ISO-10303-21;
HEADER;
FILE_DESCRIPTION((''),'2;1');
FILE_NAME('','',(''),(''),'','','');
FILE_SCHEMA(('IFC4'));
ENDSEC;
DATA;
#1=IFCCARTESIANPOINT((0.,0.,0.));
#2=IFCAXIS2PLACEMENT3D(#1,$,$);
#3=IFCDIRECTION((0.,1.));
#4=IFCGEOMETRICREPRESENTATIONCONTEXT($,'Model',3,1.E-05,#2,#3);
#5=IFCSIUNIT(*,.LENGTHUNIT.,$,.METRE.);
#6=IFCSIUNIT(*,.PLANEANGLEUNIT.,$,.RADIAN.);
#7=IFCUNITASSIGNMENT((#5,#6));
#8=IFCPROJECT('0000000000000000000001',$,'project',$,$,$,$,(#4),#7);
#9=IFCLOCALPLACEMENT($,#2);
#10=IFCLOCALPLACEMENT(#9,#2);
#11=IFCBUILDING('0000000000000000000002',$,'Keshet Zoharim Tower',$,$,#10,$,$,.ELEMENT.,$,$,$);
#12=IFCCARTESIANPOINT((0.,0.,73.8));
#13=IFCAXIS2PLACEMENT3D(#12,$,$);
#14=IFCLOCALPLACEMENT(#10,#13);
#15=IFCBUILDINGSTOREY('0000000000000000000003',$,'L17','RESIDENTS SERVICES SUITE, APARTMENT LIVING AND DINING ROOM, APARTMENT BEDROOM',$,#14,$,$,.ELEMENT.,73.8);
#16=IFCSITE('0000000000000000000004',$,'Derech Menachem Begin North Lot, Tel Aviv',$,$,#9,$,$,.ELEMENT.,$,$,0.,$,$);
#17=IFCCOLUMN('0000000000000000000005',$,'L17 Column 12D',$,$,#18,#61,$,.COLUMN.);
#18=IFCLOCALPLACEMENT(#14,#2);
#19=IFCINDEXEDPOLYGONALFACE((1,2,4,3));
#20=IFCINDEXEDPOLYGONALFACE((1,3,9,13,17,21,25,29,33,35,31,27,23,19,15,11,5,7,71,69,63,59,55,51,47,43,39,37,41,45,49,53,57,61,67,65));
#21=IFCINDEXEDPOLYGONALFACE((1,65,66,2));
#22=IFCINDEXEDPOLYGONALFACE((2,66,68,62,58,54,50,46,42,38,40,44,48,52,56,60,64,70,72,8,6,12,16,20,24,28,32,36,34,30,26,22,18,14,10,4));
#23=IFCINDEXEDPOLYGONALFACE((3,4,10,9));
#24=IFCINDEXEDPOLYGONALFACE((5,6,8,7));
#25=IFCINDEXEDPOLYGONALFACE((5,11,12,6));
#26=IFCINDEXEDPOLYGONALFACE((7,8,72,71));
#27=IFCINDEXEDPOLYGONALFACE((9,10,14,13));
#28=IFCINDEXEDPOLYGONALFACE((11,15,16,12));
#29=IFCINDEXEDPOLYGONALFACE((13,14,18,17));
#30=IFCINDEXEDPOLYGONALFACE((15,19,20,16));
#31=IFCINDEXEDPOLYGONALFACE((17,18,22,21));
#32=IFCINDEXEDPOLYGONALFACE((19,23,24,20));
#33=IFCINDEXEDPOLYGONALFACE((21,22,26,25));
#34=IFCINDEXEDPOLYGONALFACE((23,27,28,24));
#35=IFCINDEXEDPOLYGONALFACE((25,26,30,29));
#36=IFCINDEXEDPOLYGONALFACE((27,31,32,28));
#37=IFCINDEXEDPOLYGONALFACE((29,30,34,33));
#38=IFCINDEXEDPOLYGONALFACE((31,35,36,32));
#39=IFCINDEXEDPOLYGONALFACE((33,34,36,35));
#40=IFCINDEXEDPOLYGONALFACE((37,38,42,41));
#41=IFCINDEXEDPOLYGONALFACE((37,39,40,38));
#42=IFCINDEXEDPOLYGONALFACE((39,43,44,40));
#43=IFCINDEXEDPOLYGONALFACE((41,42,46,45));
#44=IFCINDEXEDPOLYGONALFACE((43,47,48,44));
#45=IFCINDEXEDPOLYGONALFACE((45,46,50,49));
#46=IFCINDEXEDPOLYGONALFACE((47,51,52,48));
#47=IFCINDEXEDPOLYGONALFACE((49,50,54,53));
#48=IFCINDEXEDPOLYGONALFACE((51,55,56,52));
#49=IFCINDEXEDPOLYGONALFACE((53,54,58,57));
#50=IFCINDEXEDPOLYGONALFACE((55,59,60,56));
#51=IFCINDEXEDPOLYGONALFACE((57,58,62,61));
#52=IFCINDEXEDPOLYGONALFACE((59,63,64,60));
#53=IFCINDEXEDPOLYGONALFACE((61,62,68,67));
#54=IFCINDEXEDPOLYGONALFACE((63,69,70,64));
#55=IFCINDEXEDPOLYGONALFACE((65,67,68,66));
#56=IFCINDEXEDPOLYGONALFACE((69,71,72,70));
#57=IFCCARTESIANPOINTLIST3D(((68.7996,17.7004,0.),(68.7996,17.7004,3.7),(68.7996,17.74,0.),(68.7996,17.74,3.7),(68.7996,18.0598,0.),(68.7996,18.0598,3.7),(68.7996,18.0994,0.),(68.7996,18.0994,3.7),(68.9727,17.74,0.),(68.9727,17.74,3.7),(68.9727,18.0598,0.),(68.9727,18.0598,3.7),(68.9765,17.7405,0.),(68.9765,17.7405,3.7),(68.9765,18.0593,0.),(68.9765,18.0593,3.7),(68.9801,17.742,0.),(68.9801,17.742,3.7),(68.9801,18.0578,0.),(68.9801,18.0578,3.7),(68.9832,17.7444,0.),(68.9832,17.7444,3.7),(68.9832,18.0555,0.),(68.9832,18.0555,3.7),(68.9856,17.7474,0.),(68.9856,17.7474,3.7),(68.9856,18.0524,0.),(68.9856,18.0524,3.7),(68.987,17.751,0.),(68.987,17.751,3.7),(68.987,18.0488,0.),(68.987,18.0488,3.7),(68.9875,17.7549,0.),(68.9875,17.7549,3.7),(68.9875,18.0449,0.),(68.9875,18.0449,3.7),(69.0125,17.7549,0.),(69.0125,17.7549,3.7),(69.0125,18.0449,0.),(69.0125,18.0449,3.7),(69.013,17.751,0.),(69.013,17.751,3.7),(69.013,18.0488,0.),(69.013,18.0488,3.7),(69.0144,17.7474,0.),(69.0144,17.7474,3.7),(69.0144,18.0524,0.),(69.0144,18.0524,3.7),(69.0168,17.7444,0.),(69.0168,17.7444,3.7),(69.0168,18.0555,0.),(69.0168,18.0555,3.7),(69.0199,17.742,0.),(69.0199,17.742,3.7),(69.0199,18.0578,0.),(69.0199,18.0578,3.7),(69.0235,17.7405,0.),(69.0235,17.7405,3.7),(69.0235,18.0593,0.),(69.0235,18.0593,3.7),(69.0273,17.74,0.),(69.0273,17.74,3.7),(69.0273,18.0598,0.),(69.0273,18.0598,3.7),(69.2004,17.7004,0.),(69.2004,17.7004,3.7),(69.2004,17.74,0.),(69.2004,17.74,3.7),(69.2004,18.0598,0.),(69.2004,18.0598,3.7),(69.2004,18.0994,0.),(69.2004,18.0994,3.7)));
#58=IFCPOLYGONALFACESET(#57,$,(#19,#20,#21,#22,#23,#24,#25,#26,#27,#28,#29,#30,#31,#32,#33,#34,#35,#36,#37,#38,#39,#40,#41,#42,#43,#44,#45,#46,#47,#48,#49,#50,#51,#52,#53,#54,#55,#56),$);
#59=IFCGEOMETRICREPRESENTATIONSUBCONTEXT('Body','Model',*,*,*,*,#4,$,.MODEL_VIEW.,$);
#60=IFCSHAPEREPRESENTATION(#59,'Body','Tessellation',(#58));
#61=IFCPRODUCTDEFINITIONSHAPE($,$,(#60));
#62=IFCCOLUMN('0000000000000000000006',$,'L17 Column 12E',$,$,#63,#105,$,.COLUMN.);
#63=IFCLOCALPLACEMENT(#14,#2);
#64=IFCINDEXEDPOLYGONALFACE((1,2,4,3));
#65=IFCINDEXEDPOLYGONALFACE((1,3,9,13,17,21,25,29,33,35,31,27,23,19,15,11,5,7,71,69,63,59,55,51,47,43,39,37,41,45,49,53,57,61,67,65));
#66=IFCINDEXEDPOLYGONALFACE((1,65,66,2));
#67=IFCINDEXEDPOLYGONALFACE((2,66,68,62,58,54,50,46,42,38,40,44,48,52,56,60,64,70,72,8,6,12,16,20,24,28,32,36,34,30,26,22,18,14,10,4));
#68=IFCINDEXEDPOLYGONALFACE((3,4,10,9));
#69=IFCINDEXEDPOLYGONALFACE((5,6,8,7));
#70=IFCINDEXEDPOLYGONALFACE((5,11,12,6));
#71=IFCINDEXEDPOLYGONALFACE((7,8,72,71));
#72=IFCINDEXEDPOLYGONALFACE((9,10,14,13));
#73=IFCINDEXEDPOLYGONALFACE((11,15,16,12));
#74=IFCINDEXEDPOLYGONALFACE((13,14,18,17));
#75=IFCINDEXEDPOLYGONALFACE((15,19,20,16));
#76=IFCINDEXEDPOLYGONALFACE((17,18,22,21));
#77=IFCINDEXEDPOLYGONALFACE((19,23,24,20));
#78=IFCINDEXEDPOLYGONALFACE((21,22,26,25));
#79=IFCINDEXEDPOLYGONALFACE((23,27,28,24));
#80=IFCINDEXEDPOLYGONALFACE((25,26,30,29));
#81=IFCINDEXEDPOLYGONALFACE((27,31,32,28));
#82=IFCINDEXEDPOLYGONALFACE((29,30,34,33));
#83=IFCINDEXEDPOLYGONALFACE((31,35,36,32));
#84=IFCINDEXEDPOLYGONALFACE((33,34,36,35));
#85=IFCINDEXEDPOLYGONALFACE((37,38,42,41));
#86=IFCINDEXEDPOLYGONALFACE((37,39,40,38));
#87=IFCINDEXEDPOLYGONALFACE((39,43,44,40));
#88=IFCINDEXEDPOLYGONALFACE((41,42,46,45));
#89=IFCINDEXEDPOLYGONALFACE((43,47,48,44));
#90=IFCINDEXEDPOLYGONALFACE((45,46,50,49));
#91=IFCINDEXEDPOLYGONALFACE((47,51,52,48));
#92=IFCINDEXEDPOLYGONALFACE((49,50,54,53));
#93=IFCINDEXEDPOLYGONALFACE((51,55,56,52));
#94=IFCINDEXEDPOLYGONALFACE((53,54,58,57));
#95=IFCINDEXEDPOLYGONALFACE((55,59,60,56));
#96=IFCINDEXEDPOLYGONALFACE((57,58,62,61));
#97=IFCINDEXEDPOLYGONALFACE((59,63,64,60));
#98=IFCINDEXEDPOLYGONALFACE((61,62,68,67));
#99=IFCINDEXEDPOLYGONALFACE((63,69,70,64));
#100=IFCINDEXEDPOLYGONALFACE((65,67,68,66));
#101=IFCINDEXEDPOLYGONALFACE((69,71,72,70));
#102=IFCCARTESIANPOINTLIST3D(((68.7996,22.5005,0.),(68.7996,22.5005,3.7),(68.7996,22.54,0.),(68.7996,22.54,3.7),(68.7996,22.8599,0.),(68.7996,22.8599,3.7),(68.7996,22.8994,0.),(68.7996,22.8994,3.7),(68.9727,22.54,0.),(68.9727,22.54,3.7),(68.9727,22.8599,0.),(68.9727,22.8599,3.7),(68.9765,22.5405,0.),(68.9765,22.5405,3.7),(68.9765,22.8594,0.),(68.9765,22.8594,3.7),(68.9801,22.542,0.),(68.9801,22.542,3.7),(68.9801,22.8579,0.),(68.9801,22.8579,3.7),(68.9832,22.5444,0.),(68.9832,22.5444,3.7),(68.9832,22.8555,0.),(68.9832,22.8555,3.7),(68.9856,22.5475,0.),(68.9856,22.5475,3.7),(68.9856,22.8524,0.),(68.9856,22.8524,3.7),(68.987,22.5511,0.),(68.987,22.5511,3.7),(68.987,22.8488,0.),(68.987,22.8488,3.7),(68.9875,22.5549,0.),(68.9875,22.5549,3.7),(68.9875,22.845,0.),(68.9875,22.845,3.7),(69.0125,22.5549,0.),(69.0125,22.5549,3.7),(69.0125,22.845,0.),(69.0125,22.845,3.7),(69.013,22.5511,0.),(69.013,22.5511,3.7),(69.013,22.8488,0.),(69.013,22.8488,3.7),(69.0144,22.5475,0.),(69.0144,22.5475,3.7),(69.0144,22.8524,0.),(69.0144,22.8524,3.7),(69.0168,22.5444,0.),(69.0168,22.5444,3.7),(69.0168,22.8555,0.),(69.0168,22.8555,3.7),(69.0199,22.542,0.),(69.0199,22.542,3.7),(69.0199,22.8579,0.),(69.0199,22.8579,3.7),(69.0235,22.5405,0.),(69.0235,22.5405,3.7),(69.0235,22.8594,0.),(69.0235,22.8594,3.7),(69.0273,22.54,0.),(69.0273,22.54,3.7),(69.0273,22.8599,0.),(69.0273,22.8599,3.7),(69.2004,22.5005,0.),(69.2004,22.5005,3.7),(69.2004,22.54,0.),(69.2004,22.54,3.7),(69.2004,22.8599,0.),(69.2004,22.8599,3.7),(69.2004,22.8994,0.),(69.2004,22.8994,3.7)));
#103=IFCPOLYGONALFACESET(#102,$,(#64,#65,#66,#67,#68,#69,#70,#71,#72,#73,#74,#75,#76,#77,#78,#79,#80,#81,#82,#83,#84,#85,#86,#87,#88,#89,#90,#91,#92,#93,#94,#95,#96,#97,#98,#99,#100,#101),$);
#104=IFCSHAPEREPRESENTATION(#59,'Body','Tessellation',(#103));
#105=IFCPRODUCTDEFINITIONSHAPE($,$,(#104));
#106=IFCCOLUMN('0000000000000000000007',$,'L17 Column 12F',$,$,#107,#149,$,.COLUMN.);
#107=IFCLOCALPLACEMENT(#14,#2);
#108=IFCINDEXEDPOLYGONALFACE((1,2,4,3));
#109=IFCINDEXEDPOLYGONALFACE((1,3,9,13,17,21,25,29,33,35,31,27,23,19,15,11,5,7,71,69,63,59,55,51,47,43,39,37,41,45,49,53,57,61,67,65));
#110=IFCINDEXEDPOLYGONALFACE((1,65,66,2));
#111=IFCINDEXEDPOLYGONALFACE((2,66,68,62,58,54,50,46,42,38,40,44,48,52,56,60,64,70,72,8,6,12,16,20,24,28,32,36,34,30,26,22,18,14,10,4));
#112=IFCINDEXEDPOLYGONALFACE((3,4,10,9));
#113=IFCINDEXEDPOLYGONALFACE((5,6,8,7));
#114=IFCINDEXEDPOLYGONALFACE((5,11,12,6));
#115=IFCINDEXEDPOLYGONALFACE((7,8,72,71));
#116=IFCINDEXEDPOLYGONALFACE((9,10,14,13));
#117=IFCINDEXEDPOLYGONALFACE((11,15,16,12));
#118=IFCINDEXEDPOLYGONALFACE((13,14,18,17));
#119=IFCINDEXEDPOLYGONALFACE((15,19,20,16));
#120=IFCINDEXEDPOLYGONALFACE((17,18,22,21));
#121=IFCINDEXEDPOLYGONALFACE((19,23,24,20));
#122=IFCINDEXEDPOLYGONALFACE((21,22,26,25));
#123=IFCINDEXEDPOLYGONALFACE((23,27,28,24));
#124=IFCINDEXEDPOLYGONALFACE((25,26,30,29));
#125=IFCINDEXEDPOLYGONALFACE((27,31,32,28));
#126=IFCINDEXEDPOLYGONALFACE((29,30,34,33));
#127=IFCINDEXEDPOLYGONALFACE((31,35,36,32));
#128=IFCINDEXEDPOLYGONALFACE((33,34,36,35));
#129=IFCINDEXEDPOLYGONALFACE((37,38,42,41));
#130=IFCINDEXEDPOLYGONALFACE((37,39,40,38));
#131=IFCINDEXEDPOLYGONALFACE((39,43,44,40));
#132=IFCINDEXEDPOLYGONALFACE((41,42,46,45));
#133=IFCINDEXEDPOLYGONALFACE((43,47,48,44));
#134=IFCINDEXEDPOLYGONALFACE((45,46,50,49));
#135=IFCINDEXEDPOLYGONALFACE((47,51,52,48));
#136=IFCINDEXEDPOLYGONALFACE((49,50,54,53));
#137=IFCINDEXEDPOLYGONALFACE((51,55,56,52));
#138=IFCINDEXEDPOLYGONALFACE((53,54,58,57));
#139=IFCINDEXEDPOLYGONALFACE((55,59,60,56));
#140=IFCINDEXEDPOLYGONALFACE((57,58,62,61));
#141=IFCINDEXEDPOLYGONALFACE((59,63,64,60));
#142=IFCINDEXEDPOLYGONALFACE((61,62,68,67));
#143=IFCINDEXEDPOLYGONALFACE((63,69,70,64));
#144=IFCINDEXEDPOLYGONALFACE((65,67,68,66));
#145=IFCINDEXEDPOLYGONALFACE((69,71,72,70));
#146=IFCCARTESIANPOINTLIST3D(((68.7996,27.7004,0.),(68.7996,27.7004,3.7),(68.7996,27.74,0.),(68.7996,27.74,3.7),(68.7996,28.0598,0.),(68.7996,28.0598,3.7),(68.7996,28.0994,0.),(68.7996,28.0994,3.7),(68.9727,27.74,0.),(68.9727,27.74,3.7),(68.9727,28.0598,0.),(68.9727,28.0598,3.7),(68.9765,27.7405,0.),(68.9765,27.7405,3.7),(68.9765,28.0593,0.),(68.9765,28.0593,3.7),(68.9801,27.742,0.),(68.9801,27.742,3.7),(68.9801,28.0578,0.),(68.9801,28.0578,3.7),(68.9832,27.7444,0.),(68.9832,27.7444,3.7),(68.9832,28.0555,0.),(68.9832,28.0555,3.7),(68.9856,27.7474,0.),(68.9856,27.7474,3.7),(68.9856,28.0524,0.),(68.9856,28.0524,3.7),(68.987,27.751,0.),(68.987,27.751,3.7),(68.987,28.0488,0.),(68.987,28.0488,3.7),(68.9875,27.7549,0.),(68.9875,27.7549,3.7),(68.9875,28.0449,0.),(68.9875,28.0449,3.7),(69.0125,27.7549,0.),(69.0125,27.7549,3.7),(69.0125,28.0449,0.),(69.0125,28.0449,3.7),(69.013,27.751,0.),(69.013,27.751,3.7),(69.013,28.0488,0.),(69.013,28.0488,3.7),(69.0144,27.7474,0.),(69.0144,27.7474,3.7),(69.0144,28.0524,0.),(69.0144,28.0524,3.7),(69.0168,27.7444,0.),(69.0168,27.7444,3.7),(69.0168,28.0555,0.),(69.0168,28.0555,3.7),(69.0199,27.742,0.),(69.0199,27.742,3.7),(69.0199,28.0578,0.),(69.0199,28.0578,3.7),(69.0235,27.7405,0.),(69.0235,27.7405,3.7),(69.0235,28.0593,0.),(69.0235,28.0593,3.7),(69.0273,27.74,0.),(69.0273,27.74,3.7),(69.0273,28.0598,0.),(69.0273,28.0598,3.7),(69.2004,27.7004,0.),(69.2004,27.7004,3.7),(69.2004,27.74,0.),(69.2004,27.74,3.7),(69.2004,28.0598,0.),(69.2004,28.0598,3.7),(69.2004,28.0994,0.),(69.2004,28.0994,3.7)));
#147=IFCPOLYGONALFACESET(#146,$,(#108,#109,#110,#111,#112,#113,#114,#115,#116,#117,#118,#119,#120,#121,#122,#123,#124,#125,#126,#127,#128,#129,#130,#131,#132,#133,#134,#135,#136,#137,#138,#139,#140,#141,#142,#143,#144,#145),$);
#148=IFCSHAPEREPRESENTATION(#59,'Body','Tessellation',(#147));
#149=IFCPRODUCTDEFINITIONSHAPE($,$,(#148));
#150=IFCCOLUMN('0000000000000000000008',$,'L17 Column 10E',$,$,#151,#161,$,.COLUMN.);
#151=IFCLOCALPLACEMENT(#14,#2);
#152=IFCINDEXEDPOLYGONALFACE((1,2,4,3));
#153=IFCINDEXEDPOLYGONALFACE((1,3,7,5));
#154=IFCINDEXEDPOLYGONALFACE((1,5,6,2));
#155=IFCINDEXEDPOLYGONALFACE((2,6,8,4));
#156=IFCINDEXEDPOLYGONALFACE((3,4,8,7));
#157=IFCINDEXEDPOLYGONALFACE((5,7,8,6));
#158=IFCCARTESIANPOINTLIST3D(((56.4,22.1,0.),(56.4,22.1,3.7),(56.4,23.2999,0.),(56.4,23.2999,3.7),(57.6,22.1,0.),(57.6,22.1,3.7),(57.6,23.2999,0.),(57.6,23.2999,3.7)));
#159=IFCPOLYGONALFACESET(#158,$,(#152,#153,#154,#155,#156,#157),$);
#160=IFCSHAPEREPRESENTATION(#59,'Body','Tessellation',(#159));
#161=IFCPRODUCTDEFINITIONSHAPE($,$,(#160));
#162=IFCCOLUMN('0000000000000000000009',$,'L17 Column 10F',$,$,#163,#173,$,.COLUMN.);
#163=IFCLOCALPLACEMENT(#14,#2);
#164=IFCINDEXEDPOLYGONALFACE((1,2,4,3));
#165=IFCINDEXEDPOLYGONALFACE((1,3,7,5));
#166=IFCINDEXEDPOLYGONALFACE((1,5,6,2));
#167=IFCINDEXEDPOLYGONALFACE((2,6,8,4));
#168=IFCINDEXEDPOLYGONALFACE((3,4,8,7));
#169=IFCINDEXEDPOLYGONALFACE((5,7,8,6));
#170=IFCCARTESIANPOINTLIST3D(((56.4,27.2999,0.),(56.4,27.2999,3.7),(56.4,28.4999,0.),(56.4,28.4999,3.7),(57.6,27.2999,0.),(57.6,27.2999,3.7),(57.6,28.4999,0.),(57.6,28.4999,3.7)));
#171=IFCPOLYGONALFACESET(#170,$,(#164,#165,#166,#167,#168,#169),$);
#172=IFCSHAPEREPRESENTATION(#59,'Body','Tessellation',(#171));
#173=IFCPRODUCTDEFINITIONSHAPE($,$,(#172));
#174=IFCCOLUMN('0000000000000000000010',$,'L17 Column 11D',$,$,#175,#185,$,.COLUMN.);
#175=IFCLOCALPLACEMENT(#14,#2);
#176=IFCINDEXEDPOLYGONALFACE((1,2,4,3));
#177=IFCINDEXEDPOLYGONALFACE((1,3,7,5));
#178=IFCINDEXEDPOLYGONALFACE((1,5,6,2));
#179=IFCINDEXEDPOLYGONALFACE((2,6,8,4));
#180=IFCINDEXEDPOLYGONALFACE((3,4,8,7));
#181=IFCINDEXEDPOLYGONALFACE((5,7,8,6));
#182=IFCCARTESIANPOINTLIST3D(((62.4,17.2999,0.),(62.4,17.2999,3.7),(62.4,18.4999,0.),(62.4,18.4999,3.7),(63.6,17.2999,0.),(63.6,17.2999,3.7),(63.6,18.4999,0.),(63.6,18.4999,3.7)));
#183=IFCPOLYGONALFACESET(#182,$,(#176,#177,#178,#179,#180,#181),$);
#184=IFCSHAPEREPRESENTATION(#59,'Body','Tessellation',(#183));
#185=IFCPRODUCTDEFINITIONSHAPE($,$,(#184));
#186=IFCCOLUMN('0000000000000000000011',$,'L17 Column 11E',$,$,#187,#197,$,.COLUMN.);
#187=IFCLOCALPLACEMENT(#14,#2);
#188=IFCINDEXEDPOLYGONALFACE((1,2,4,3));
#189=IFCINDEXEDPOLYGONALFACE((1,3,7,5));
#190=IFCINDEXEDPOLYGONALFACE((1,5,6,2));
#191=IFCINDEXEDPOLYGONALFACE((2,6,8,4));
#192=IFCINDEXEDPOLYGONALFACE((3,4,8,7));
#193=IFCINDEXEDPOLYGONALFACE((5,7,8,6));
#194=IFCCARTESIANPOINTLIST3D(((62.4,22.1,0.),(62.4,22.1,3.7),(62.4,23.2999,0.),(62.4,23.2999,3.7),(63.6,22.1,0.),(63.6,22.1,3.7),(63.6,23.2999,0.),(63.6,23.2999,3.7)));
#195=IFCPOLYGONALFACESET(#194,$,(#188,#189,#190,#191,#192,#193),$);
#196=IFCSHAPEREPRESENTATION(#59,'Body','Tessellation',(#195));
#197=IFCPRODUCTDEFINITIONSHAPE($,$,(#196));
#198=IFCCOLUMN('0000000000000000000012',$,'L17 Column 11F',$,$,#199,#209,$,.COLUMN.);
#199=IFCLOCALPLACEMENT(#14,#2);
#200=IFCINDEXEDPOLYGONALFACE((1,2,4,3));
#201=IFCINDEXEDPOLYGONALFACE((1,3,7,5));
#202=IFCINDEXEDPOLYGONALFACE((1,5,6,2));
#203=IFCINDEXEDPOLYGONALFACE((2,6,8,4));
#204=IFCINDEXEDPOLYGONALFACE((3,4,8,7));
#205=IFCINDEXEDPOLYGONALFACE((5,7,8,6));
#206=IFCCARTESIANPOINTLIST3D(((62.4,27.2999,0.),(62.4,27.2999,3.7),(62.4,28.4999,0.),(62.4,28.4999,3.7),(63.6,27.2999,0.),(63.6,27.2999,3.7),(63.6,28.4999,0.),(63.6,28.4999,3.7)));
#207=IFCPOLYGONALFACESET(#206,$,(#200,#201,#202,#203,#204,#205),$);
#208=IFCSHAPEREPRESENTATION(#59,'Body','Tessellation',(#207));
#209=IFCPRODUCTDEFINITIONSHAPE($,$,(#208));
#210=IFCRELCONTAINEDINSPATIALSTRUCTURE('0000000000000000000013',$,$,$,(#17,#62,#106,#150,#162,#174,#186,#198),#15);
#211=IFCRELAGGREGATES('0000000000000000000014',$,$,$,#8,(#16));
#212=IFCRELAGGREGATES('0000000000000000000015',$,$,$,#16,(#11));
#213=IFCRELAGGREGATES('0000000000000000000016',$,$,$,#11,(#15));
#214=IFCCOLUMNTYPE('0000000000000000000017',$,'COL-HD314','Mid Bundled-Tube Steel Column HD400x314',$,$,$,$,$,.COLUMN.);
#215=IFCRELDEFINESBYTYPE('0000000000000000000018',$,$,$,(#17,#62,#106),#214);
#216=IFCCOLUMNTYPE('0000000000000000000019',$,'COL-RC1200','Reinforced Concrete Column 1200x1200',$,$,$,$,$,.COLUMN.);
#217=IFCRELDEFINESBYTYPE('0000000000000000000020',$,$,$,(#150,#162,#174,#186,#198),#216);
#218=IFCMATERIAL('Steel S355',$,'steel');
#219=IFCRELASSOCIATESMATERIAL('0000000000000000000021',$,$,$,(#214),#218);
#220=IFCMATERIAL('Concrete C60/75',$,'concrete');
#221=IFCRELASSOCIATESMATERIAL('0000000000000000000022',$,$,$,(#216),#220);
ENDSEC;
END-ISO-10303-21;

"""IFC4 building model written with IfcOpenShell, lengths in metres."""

from ifc_helpers import new_model, si_unit, direction, frame, origin, origin_2d, place, context, subcontext, project, spatial, rectangle, i_section, extrude, material, material_profile, profile_set, type_object, element, save


model = new_model("IFC4")

# Units and contexts
model_context = context("Model", 3, precision=1e-05, world=origin(), true_north=direction((0.0, 1.0)))
body_context = subcontext(model_context, "Body", "Model", "MODEL_VIEW")
ifc_project = project(units=[si_unit("LENGTHUNIT", "METRE"), si_unit("PLANEANGLEUNIT", "RADIAN")], contexts=[model_context])

# Site, building, storey
site_placement = place(None, origin())
site = spatial("IfcSite", under=ifc_project, at=site_placement, Name="Derech Menachem Begin North Lot, Tel Aviv", CompositionType="ELEMENT", RefElevation=0.0)
building_placement = place(site_placement, origin())
building = spatial("IfcBuilding", under=site, at=building_placement, Name="Keshet Zoharim Tower", CompositionType="ELEMENT")
storey_placement = place(building_placement, frame((0.0, 0.0, 73.8)))
storey = spatial("IfcBuildingStorey", under=building, at=storey_placement, Name="L17", Description="RESIDENTS SERVICES SUITE, APARTMENT LIVING AND DINING ROOM, APARTMENT BEDROOM", CompositionType="ELEMENT", Elevation=73.8)

# Columns
ifc_material_1 = material(Name="Steel S355", Category="steel")
ifc_material_profile_1 = material_profile(ifc_material_1, i_section(OverallWidth=0.4009, OverallDepth=0.3989, WebThickness=0.0249, FlangeThickness=0.0396, FilletRadius=0.0149, at=origin_2d()), Name="HD400x314")
ifc_profile_set_1 = profile_set([ifc_material_profile_1], Name="Steel S355")
column_type_1 = type_object("IfcColumnType", Name="COL-HD314", Description="Mid Bundled-Tube Steel Column HD400x314", PredefinedType="COLUMN", material=ifc_profile_set_1)
for number, where, z_axis, x_axis, name in (
    (1, (69.0, 17.8999, 0.0), (0.0, 0.0, 1.0), (1.0, 0.0, 0.0), "L17 Column 12D"),
    (2, (69.0, 22.7, 0.0), (0.0, 0.0, 1.0), (1.0, 0.0, 0.0), "L17 Column 12E"),
    (3, (69.0, 27.8999, 0.0), (0.0, 0.0, 1.0), (1.0, 0.0, 0.0), "L17 Column 12F"),
):
    element("IfcColumn", number, at=place(storey_placement, frame(where, z_axis=z_axis, x_axis=x_axis)), inside=storey, type_object=column_type_1, Name=name, PredefinedType="COLUMN", context=body_context, shape_type="SweptSolid", body=[
        extrude(i_section(OverallWidth=0.4009, OverallDepth=0.3989, WebThickness=0.0249, FlangeThickness=0.0396, FilletRadius=0.0149, at=origin_2d()), origin(), (0.0, 0.0, 1.0), 3.7),
    ])
ifc_material_2 = material(Name="Concrete C60/75", Category="concrete")
ifc_material_profile_2 = material_profile(ifc_material_2, rectangle(XDim=1.2, YDim=1.2, at=origin_2d()), Name="RC1200x1200")
ifc_profile_set_2 = profile_set([ifc_material_profile_2], Name="Concrete C60/75")
column_type_2 = type_object("IfcColumnType", Name="COL-RC1200", Description="Reinforced Concrete Column 1200x1200", PredefinedType="COLUMN", material=ifc_profile_set_2)
for number, where, z_axis, x_axis, name in (
    (4, (57.0, 22.7, 0.0), (0.0, 0.0, 1.0), (1.0, 0.0, 0.0), "L17 Column 10E"),
    (5, (57.0, 27.8999, 0.0), (0.0, 0.0, 1.0), (1.0, 0.0, 0.0), "L17 Column 10F"),
    (6, (63.0, 17.8999, 0.0), (0.0, 0.0, 1.0), (1.0, 0.0, 0.0), "L17 Column 11D"),
    (7, (63.0, 22.7, 0.0), (0.0, 0.0, 1.0), (1.0, 0.0, 0.0), "L17 Column 11E"),
    (8, (63.0, 27.8999, 0.0), (0.0, 0.0, 1.0), (1.0, 0.0, 0.0), "L17 Column 11F"),
):
    element("IfcColumn", number, at=place(storey_placement, frame(where, z_axis=z_axis, x_axis=x_axis)), inside=storey, type_object=column_type_2, Name=name, PredefinedType="COLUMN", context=body_context, shape_type="SweptSolid", body=[
        extrude(rectangle(XDim=1.2, YDim=1.2, at=origin_2d()), origin(), (0.0, 0.0, 1.0), 3.7),
    ])

save(model, "model.ifc")
